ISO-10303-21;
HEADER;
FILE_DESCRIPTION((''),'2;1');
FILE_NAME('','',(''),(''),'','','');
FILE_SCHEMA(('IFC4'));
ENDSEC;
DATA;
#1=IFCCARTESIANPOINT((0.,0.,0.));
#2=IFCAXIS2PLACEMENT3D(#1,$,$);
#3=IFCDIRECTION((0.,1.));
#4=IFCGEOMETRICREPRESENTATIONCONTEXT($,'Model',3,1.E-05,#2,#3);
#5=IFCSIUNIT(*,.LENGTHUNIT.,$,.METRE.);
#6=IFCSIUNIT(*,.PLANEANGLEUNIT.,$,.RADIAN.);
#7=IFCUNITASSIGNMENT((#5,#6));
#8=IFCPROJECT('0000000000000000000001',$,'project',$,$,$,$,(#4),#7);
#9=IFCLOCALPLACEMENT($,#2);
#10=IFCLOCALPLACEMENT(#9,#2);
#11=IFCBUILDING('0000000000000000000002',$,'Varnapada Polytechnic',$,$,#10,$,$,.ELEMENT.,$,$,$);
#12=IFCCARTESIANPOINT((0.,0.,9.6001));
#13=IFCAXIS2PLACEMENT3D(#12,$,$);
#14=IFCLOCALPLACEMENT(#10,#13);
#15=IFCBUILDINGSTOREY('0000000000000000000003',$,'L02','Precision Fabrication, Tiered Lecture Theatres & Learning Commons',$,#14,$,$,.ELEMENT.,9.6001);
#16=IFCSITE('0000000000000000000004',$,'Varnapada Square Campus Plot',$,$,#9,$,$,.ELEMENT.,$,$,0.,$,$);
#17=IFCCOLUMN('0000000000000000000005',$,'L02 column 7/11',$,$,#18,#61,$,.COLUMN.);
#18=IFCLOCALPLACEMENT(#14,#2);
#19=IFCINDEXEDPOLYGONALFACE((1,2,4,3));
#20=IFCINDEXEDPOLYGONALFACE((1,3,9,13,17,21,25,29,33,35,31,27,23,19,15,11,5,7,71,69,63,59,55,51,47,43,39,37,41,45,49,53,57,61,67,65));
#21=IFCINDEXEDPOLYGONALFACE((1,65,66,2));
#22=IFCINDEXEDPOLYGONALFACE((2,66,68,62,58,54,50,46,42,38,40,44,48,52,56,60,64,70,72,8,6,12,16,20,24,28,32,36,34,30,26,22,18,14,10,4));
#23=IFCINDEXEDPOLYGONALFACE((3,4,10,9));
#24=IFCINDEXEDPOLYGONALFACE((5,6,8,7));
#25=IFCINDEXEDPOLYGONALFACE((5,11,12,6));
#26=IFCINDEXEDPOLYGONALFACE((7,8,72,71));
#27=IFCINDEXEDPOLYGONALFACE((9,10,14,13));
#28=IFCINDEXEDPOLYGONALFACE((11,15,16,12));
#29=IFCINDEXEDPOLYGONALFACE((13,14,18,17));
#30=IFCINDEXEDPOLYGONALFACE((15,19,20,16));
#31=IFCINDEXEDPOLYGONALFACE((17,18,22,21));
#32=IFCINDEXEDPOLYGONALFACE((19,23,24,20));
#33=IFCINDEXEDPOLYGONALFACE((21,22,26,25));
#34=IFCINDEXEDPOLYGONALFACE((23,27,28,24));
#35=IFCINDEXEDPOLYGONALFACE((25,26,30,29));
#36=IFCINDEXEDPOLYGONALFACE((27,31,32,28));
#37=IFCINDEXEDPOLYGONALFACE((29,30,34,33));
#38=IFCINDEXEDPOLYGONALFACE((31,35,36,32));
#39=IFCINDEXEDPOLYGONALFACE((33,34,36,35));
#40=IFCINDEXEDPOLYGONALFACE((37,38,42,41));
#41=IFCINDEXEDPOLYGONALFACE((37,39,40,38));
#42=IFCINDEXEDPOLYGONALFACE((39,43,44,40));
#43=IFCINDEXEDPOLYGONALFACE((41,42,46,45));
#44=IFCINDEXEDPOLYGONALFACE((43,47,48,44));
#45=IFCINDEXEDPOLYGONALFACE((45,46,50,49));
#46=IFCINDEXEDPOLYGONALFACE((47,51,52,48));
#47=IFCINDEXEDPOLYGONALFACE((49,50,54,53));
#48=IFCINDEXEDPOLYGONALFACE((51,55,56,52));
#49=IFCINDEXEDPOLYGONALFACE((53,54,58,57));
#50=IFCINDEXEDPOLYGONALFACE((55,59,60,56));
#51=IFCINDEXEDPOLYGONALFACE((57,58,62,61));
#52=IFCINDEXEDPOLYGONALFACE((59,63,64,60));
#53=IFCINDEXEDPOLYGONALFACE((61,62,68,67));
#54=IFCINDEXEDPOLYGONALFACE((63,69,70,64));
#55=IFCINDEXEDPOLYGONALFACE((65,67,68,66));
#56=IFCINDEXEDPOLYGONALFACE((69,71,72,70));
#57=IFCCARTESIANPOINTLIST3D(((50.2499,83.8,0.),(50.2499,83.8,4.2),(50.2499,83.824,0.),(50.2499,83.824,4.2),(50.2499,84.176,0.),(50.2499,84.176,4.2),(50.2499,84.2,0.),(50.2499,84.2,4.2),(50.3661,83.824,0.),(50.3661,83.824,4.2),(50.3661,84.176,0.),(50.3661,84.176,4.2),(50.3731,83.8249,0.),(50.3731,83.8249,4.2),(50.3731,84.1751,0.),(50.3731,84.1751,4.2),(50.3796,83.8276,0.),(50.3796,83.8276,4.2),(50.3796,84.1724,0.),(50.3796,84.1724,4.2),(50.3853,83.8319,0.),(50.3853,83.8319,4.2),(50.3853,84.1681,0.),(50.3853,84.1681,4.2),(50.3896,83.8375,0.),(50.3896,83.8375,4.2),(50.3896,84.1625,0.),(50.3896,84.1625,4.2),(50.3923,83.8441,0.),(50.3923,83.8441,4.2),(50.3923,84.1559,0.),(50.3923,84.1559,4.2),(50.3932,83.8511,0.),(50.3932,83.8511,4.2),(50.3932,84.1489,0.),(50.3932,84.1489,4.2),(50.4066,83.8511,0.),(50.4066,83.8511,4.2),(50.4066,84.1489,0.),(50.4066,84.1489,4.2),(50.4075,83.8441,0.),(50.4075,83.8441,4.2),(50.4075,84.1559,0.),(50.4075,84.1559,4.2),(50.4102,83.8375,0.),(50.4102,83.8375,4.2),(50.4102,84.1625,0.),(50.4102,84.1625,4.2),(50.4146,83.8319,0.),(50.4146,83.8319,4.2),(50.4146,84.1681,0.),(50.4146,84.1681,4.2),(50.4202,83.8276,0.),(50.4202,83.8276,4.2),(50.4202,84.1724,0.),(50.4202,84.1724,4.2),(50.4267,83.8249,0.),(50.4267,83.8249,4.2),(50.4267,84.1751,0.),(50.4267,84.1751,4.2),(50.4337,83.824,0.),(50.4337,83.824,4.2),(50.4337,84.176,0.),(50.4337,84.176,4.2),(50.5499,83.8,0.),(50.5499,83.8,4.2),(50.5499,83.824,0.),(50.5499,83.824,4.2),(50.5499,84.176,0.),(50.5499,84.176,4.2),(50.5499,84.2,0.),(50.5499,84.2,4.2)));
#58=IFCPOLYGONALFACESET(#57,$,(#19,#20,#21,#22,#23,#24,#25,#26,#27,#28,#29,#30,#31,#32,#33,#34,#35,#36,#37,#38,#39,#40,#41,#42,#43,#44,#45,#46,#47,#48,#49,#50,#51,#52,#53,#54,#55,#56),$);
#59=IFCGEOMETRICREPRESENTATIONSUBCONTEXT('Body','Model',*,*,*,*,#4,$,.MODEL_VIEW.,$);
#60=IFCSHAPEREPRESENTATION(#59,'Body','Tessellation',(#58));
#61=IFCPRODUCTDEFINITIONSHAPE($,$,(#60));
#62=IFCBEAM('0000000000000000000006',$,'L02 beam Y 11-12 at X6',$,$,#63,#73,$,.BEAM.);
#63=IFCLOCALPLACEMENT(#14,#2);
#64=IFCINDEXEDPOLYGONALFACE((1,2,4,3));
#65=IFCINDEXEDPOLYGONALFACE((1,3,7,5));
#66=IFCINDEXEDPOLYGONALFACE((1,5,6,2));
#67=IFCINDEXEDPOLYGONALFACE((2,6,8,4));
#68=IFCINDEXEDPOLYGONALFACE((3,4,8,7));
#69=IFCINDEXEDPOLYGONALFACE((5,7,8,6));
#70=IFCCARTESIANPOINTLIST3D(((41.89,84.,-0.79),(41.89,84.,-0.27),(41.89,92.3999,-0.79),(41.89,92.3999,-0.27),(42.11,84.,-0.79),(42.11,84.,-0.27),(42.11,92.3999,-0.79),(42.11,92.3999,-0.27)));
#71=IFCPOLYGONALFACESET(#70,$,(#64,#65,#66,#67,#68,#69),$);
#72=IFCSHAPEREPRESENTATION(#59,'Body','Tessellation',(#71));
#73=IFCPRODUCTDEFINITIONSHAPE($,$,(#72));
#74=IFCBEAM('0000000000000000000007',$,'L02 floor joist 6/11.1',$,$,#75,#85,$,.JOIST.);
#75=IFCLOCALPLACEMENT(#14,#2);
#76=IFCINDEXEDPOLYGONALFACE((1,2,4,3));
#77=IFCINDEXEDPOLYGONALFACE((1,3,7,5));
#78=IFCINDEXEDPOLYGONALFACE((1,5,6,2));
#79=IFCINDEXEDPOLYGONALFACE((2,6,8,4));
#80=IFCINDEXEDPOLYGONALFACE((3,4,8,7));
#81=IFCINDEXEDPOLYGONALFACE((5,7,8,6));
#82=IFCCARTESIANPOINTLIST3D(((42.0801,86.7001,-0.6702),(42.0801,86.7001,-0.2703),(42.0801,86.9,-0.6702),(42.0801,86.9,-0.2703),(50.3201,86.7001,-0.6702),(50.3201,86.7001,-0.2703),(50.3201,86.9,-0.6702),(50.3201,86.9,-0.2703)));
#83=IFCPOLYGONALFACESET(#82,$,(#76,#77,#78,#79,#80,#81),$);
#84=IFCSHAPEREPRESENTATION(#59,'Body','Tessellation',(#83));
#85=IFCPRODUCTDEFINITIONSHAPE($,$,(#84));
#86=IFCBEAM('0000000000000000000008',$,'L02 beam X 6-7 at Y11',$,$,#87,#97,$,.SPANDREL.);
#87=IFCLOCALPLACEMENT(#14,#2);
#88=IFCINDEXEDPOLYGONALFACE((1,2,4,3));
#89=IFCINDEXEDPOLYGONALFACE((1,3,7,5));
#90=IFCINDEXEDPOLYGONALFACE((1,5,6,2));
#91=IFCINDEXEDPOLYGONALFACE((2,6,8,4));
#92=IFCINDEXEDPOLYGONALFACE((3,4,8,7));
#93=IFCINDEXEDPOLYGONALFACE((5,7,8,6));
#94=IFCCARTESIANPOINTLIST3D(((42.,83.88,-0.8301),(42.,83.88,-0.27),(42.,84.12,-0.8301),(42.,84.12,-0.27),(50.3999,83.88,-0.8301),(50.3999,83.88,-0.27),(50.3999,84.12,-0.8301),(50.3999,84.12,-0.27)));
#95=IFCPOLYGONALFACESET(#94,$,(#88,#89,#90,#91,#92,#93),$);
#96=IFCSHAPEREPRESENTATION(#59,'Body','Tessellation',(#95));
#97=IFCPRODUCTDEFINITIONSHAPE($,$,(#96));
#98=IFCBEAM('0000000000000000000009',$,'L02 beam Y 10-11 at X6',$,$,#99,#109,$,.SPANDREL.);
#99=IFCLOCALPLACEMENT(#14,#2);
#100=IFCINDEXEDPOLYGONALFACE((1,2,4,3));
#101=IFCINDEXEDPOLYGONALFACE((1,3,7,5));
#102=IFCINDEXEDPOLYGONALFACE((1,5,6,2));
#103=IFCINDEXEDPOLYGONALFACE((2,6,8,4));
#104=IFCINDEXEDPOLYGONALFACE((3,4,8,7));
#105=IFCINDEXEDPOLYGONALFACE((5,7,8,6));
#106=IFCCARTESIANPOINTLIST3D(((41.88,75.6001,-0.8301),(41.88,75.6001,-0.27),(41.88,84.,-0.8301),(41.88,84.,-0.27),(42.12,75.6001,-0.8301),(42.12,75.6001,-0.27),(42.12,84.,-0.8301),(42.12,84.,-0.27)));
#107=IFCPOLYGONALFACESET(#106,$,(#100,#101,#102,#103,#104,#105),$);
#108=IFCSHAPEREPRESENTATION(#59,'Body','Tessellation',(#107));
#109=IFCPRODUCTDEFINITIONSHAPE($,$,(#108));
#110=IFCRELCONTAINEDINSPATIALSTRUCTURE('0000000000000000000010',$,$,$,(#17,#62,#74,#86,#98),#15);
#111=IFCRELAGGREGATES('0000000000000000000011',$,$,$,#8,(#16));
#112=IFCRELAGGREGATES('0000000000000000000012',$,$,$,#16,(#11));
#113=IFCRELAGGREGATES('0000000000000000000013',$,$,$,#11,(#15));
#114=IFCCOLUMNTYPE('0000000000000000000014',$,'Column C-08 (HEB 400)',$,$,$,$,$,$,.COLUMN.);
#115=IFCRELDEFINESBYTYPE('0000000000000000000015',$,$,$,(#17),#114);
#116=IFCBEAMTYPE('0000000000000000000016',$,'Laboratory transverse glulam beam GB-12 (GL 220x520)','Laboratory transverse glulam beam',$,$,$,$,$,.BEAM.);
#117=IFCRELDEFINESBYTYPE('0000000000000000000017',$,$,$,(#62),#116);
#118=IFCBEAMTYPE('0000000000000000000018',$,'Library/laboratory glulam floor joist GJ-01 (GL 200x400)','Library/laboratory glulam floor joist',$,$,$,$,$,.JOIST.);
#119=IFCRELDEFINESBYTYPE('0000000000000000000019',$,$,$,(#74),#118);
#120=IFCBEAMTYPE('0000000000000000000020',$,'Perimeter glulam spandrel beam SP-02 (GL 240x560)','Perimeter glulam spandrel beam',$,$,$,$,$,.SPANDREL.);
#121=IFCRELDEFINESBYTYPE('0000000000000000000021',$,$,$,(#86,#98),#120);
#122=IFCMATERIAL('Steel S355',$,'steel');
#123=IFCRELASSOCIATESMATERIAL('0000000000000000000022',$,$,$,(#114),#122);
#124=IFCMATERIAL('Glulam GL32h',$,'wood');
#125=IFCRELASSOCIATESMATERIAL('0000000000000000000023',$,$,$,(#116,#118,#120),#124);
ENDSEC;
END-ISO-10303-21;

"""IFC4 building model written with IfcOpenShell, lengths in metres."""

from ifc_helpers import new_model, si_unit, direction, frame, origin, origin_2d, place, context, subcontext, project, spatial, rectangle, i_section, extrude, material, material_profile, profile_set, type_object, element, save


model = new_model("IFC4")

# Units and contexts
model_context = context("Model", 3, precision=1e-05, world=origin(), true_north=direction((0.0, 1.0)))
body_context = subcontext(model_context, "Body", "Model", "MODEL_VIEW")
ifc_project = project(units=[si_unit("LENGTHUNIT", "METRE"), si_unit("PLANEANGLEUNIT", "RADIAN")], contexts=[model_context])

# Site, building, storey
site_placement = place(None, origin())
site = spatial("IfcSite", under=ifc_project, at=site_placement, Name="Varnapada Square Campus Plot", CompositionType="ELEMENT", RefElevation=0.0)
building_placement = place(site_placement, origin())
building = spatial("IfcBuilding", under=site, at=building_placement, Name="Varnapada Polytechnic", CompositionType="ELEMENT")
storey_placement = place(building_placement, frame((0.0, 0.0, 9.6001)))
storey = spatial("IfcBuildingStorey", under=building, at=storey_placement, Name="L02", Description="Precision Fabrication, Tiered Lecture Theatres & Learning Commons", CompositionType="ELEMENT", Elevation=9.6001)

# Column
ifc_material_1 = material(Name="Steel S355", Category="steel")
ifc_material_profile_1 = material_profile(ifc_material_1, i_section(OverallWidth=0.3, OverallDepth=0.3999, WebThickness=0.0134, FlangeThickness=0.0239, FilletRadius=0.0271, at=origin_2d()), Name="HEB 400")
ifc_profile_set_1 = profile_set([ifc_material_profile_1], Name="Steel S355")
column_type = type_object("IfcColumnType", Name="Column C-08 (HEB 400)", PredefinedType="COLUMN", material=ifc_profile_set_1)
column_placement = place(storey_placement, frame((50.3999, 84.0, 0.0), z_axis=(0.0, 0.0, 1.0), x_axis=(1.0, 0.0, 0.0)))
element("IfcColumn", 1, at=column_placement, inside=storey, type_object=column_type, Name="L02 column 7/11", PredefinedType="COLUMN", context=body_context, shape_type="SweptSolid", body=[
    extrude(i_section(OverallWidth=0.3, OverallDepth=0.3999, WebThickness=0.0134, FlangeThickness=0.0239, FilletRadius=0.0271, at=origin_2d()), origin(), (0.0, 0.0, 1.0), 4.2),
])

# Beams
ifc_material_2 = material(Name="Glulam GL32h", Category="wood")
ifc_material_profile_2 = material_profile(ifc_material_2, rectangle(XDim=0.22, YDim=0.52, at=origin_2d()), Name="GL 220x520")
ifc_profile_set_2 = profile_set([ifc_material_profile_2], Name="Glulam GL32h")
beam_type_1 = type_object("IfcBeamType", Name="Laboratory transverse glulam beam GB-12 (GL 220x520)", Description="Laboratory transverse glulam beam", PredefinedType="BEAM", material=ifc_profile_set_2)
beam_1_placement = place(storey_placement, frame((42.0, 84.0, -0.53), z_axis=(0.0, 1.0, 0.0), x_axis=(-1.0, 0.0, 0.0)))
element("IfcBeam", 2, at=beam_1_placement, inside=storey, type_object=beam_type_1, Name="L02 beam Y 11-12 at X6", PredefinedType="BEAM", context=body_context, shape_type="SweptSolid", body=[
    extrude(rectangle(XDim=0.22, YDim=0.52, at=origin_2d()), origin(), (0.0, 0.0, 1.0), 8.3999),
])
ifc_material_profile_3 = material_profile(ifc_material_2, rectangle(XDim=0.2, YDim=0.3999, at=origin_2d()), Name="GL 200x400")
ifc_profile_set_3 = profile_set([ifc_material_profile_3], Name="Glulam GL32h")
beam_type_2 = type_object("IfcBeamType", Name="Library/laboratory glulam floor joist GJ-01 (GL 200x400)", Description="Library/laboratory glulam floor joist", PredefinedType="JOIST", material=ifc_profile_set_3)
beam_2_placement = place(storey_placement, frame((42.0801, 86.8, -0.4702), z_axis=(1.0, 0.0, 0.0), x_axis=(0.0, 1.0, 0.0)))
element("IfcBeam", 3, at=beam_2_placement, inside=storey, type_object=beam_type_2, Name="L02 floor joist 6/11.1", PredefinedType="JOIST", context=body_context, shape_type="SweptSolid", body=[
    extrude(rectangle(XDim=0.2, YDim=0.3999, at=origin_2d()), origin(), (0.0, 0.0, 1.0), 8.24),
])
ifc_material_profile_4 = material_profile(ifc_material_2, rectangle(XDim=0.24, YDim=0.5601, at=origin_2d()), Name="GL 240x560")
ifc_profile_set_4 = profile_set([ifc_material_profile_4], Name="Glulam GL32h")
beam_type_3 = type_object("IfcBeamType", Name="Perimeter glulam spandrel beam SP-02 (GL 240x560)", Description="Perimeter glulam spandrel beam", PredefinedType="SPANDREL", material=ifc_profile_set_4)
for number, where, z_axis, x_axis, name in (
    (4, (42.0, 84.0, -0.55), (1.0, 0.0, 0.0), (0.0, 1.0, 0.0), "L02 beam X 6-7 at Y11"),
    (5, (42.0, 75.6001, -0.55), (0.0, 1.0, 0.0), (-1.0, 0.0, 0.0), "L02 beam Y 10-11 at X6"),
):
    element("IfcBeam", number, at=place(storey_placement, frame(where, z_axis=z_axis, x_axis=x_axis)), inside=storey, type_object=beam_type_3, Name=name, PredefinedType="SPANDREL", context=body_context, shape_type="SweptSolid", body=[
        extrude(rectangle(XDim=0.24, YDim=0.5601, at=origin_2d()), origin(), (0.0, 0.0, 1.0), 8.3999),
    ])

save(model, "model.ifc")
